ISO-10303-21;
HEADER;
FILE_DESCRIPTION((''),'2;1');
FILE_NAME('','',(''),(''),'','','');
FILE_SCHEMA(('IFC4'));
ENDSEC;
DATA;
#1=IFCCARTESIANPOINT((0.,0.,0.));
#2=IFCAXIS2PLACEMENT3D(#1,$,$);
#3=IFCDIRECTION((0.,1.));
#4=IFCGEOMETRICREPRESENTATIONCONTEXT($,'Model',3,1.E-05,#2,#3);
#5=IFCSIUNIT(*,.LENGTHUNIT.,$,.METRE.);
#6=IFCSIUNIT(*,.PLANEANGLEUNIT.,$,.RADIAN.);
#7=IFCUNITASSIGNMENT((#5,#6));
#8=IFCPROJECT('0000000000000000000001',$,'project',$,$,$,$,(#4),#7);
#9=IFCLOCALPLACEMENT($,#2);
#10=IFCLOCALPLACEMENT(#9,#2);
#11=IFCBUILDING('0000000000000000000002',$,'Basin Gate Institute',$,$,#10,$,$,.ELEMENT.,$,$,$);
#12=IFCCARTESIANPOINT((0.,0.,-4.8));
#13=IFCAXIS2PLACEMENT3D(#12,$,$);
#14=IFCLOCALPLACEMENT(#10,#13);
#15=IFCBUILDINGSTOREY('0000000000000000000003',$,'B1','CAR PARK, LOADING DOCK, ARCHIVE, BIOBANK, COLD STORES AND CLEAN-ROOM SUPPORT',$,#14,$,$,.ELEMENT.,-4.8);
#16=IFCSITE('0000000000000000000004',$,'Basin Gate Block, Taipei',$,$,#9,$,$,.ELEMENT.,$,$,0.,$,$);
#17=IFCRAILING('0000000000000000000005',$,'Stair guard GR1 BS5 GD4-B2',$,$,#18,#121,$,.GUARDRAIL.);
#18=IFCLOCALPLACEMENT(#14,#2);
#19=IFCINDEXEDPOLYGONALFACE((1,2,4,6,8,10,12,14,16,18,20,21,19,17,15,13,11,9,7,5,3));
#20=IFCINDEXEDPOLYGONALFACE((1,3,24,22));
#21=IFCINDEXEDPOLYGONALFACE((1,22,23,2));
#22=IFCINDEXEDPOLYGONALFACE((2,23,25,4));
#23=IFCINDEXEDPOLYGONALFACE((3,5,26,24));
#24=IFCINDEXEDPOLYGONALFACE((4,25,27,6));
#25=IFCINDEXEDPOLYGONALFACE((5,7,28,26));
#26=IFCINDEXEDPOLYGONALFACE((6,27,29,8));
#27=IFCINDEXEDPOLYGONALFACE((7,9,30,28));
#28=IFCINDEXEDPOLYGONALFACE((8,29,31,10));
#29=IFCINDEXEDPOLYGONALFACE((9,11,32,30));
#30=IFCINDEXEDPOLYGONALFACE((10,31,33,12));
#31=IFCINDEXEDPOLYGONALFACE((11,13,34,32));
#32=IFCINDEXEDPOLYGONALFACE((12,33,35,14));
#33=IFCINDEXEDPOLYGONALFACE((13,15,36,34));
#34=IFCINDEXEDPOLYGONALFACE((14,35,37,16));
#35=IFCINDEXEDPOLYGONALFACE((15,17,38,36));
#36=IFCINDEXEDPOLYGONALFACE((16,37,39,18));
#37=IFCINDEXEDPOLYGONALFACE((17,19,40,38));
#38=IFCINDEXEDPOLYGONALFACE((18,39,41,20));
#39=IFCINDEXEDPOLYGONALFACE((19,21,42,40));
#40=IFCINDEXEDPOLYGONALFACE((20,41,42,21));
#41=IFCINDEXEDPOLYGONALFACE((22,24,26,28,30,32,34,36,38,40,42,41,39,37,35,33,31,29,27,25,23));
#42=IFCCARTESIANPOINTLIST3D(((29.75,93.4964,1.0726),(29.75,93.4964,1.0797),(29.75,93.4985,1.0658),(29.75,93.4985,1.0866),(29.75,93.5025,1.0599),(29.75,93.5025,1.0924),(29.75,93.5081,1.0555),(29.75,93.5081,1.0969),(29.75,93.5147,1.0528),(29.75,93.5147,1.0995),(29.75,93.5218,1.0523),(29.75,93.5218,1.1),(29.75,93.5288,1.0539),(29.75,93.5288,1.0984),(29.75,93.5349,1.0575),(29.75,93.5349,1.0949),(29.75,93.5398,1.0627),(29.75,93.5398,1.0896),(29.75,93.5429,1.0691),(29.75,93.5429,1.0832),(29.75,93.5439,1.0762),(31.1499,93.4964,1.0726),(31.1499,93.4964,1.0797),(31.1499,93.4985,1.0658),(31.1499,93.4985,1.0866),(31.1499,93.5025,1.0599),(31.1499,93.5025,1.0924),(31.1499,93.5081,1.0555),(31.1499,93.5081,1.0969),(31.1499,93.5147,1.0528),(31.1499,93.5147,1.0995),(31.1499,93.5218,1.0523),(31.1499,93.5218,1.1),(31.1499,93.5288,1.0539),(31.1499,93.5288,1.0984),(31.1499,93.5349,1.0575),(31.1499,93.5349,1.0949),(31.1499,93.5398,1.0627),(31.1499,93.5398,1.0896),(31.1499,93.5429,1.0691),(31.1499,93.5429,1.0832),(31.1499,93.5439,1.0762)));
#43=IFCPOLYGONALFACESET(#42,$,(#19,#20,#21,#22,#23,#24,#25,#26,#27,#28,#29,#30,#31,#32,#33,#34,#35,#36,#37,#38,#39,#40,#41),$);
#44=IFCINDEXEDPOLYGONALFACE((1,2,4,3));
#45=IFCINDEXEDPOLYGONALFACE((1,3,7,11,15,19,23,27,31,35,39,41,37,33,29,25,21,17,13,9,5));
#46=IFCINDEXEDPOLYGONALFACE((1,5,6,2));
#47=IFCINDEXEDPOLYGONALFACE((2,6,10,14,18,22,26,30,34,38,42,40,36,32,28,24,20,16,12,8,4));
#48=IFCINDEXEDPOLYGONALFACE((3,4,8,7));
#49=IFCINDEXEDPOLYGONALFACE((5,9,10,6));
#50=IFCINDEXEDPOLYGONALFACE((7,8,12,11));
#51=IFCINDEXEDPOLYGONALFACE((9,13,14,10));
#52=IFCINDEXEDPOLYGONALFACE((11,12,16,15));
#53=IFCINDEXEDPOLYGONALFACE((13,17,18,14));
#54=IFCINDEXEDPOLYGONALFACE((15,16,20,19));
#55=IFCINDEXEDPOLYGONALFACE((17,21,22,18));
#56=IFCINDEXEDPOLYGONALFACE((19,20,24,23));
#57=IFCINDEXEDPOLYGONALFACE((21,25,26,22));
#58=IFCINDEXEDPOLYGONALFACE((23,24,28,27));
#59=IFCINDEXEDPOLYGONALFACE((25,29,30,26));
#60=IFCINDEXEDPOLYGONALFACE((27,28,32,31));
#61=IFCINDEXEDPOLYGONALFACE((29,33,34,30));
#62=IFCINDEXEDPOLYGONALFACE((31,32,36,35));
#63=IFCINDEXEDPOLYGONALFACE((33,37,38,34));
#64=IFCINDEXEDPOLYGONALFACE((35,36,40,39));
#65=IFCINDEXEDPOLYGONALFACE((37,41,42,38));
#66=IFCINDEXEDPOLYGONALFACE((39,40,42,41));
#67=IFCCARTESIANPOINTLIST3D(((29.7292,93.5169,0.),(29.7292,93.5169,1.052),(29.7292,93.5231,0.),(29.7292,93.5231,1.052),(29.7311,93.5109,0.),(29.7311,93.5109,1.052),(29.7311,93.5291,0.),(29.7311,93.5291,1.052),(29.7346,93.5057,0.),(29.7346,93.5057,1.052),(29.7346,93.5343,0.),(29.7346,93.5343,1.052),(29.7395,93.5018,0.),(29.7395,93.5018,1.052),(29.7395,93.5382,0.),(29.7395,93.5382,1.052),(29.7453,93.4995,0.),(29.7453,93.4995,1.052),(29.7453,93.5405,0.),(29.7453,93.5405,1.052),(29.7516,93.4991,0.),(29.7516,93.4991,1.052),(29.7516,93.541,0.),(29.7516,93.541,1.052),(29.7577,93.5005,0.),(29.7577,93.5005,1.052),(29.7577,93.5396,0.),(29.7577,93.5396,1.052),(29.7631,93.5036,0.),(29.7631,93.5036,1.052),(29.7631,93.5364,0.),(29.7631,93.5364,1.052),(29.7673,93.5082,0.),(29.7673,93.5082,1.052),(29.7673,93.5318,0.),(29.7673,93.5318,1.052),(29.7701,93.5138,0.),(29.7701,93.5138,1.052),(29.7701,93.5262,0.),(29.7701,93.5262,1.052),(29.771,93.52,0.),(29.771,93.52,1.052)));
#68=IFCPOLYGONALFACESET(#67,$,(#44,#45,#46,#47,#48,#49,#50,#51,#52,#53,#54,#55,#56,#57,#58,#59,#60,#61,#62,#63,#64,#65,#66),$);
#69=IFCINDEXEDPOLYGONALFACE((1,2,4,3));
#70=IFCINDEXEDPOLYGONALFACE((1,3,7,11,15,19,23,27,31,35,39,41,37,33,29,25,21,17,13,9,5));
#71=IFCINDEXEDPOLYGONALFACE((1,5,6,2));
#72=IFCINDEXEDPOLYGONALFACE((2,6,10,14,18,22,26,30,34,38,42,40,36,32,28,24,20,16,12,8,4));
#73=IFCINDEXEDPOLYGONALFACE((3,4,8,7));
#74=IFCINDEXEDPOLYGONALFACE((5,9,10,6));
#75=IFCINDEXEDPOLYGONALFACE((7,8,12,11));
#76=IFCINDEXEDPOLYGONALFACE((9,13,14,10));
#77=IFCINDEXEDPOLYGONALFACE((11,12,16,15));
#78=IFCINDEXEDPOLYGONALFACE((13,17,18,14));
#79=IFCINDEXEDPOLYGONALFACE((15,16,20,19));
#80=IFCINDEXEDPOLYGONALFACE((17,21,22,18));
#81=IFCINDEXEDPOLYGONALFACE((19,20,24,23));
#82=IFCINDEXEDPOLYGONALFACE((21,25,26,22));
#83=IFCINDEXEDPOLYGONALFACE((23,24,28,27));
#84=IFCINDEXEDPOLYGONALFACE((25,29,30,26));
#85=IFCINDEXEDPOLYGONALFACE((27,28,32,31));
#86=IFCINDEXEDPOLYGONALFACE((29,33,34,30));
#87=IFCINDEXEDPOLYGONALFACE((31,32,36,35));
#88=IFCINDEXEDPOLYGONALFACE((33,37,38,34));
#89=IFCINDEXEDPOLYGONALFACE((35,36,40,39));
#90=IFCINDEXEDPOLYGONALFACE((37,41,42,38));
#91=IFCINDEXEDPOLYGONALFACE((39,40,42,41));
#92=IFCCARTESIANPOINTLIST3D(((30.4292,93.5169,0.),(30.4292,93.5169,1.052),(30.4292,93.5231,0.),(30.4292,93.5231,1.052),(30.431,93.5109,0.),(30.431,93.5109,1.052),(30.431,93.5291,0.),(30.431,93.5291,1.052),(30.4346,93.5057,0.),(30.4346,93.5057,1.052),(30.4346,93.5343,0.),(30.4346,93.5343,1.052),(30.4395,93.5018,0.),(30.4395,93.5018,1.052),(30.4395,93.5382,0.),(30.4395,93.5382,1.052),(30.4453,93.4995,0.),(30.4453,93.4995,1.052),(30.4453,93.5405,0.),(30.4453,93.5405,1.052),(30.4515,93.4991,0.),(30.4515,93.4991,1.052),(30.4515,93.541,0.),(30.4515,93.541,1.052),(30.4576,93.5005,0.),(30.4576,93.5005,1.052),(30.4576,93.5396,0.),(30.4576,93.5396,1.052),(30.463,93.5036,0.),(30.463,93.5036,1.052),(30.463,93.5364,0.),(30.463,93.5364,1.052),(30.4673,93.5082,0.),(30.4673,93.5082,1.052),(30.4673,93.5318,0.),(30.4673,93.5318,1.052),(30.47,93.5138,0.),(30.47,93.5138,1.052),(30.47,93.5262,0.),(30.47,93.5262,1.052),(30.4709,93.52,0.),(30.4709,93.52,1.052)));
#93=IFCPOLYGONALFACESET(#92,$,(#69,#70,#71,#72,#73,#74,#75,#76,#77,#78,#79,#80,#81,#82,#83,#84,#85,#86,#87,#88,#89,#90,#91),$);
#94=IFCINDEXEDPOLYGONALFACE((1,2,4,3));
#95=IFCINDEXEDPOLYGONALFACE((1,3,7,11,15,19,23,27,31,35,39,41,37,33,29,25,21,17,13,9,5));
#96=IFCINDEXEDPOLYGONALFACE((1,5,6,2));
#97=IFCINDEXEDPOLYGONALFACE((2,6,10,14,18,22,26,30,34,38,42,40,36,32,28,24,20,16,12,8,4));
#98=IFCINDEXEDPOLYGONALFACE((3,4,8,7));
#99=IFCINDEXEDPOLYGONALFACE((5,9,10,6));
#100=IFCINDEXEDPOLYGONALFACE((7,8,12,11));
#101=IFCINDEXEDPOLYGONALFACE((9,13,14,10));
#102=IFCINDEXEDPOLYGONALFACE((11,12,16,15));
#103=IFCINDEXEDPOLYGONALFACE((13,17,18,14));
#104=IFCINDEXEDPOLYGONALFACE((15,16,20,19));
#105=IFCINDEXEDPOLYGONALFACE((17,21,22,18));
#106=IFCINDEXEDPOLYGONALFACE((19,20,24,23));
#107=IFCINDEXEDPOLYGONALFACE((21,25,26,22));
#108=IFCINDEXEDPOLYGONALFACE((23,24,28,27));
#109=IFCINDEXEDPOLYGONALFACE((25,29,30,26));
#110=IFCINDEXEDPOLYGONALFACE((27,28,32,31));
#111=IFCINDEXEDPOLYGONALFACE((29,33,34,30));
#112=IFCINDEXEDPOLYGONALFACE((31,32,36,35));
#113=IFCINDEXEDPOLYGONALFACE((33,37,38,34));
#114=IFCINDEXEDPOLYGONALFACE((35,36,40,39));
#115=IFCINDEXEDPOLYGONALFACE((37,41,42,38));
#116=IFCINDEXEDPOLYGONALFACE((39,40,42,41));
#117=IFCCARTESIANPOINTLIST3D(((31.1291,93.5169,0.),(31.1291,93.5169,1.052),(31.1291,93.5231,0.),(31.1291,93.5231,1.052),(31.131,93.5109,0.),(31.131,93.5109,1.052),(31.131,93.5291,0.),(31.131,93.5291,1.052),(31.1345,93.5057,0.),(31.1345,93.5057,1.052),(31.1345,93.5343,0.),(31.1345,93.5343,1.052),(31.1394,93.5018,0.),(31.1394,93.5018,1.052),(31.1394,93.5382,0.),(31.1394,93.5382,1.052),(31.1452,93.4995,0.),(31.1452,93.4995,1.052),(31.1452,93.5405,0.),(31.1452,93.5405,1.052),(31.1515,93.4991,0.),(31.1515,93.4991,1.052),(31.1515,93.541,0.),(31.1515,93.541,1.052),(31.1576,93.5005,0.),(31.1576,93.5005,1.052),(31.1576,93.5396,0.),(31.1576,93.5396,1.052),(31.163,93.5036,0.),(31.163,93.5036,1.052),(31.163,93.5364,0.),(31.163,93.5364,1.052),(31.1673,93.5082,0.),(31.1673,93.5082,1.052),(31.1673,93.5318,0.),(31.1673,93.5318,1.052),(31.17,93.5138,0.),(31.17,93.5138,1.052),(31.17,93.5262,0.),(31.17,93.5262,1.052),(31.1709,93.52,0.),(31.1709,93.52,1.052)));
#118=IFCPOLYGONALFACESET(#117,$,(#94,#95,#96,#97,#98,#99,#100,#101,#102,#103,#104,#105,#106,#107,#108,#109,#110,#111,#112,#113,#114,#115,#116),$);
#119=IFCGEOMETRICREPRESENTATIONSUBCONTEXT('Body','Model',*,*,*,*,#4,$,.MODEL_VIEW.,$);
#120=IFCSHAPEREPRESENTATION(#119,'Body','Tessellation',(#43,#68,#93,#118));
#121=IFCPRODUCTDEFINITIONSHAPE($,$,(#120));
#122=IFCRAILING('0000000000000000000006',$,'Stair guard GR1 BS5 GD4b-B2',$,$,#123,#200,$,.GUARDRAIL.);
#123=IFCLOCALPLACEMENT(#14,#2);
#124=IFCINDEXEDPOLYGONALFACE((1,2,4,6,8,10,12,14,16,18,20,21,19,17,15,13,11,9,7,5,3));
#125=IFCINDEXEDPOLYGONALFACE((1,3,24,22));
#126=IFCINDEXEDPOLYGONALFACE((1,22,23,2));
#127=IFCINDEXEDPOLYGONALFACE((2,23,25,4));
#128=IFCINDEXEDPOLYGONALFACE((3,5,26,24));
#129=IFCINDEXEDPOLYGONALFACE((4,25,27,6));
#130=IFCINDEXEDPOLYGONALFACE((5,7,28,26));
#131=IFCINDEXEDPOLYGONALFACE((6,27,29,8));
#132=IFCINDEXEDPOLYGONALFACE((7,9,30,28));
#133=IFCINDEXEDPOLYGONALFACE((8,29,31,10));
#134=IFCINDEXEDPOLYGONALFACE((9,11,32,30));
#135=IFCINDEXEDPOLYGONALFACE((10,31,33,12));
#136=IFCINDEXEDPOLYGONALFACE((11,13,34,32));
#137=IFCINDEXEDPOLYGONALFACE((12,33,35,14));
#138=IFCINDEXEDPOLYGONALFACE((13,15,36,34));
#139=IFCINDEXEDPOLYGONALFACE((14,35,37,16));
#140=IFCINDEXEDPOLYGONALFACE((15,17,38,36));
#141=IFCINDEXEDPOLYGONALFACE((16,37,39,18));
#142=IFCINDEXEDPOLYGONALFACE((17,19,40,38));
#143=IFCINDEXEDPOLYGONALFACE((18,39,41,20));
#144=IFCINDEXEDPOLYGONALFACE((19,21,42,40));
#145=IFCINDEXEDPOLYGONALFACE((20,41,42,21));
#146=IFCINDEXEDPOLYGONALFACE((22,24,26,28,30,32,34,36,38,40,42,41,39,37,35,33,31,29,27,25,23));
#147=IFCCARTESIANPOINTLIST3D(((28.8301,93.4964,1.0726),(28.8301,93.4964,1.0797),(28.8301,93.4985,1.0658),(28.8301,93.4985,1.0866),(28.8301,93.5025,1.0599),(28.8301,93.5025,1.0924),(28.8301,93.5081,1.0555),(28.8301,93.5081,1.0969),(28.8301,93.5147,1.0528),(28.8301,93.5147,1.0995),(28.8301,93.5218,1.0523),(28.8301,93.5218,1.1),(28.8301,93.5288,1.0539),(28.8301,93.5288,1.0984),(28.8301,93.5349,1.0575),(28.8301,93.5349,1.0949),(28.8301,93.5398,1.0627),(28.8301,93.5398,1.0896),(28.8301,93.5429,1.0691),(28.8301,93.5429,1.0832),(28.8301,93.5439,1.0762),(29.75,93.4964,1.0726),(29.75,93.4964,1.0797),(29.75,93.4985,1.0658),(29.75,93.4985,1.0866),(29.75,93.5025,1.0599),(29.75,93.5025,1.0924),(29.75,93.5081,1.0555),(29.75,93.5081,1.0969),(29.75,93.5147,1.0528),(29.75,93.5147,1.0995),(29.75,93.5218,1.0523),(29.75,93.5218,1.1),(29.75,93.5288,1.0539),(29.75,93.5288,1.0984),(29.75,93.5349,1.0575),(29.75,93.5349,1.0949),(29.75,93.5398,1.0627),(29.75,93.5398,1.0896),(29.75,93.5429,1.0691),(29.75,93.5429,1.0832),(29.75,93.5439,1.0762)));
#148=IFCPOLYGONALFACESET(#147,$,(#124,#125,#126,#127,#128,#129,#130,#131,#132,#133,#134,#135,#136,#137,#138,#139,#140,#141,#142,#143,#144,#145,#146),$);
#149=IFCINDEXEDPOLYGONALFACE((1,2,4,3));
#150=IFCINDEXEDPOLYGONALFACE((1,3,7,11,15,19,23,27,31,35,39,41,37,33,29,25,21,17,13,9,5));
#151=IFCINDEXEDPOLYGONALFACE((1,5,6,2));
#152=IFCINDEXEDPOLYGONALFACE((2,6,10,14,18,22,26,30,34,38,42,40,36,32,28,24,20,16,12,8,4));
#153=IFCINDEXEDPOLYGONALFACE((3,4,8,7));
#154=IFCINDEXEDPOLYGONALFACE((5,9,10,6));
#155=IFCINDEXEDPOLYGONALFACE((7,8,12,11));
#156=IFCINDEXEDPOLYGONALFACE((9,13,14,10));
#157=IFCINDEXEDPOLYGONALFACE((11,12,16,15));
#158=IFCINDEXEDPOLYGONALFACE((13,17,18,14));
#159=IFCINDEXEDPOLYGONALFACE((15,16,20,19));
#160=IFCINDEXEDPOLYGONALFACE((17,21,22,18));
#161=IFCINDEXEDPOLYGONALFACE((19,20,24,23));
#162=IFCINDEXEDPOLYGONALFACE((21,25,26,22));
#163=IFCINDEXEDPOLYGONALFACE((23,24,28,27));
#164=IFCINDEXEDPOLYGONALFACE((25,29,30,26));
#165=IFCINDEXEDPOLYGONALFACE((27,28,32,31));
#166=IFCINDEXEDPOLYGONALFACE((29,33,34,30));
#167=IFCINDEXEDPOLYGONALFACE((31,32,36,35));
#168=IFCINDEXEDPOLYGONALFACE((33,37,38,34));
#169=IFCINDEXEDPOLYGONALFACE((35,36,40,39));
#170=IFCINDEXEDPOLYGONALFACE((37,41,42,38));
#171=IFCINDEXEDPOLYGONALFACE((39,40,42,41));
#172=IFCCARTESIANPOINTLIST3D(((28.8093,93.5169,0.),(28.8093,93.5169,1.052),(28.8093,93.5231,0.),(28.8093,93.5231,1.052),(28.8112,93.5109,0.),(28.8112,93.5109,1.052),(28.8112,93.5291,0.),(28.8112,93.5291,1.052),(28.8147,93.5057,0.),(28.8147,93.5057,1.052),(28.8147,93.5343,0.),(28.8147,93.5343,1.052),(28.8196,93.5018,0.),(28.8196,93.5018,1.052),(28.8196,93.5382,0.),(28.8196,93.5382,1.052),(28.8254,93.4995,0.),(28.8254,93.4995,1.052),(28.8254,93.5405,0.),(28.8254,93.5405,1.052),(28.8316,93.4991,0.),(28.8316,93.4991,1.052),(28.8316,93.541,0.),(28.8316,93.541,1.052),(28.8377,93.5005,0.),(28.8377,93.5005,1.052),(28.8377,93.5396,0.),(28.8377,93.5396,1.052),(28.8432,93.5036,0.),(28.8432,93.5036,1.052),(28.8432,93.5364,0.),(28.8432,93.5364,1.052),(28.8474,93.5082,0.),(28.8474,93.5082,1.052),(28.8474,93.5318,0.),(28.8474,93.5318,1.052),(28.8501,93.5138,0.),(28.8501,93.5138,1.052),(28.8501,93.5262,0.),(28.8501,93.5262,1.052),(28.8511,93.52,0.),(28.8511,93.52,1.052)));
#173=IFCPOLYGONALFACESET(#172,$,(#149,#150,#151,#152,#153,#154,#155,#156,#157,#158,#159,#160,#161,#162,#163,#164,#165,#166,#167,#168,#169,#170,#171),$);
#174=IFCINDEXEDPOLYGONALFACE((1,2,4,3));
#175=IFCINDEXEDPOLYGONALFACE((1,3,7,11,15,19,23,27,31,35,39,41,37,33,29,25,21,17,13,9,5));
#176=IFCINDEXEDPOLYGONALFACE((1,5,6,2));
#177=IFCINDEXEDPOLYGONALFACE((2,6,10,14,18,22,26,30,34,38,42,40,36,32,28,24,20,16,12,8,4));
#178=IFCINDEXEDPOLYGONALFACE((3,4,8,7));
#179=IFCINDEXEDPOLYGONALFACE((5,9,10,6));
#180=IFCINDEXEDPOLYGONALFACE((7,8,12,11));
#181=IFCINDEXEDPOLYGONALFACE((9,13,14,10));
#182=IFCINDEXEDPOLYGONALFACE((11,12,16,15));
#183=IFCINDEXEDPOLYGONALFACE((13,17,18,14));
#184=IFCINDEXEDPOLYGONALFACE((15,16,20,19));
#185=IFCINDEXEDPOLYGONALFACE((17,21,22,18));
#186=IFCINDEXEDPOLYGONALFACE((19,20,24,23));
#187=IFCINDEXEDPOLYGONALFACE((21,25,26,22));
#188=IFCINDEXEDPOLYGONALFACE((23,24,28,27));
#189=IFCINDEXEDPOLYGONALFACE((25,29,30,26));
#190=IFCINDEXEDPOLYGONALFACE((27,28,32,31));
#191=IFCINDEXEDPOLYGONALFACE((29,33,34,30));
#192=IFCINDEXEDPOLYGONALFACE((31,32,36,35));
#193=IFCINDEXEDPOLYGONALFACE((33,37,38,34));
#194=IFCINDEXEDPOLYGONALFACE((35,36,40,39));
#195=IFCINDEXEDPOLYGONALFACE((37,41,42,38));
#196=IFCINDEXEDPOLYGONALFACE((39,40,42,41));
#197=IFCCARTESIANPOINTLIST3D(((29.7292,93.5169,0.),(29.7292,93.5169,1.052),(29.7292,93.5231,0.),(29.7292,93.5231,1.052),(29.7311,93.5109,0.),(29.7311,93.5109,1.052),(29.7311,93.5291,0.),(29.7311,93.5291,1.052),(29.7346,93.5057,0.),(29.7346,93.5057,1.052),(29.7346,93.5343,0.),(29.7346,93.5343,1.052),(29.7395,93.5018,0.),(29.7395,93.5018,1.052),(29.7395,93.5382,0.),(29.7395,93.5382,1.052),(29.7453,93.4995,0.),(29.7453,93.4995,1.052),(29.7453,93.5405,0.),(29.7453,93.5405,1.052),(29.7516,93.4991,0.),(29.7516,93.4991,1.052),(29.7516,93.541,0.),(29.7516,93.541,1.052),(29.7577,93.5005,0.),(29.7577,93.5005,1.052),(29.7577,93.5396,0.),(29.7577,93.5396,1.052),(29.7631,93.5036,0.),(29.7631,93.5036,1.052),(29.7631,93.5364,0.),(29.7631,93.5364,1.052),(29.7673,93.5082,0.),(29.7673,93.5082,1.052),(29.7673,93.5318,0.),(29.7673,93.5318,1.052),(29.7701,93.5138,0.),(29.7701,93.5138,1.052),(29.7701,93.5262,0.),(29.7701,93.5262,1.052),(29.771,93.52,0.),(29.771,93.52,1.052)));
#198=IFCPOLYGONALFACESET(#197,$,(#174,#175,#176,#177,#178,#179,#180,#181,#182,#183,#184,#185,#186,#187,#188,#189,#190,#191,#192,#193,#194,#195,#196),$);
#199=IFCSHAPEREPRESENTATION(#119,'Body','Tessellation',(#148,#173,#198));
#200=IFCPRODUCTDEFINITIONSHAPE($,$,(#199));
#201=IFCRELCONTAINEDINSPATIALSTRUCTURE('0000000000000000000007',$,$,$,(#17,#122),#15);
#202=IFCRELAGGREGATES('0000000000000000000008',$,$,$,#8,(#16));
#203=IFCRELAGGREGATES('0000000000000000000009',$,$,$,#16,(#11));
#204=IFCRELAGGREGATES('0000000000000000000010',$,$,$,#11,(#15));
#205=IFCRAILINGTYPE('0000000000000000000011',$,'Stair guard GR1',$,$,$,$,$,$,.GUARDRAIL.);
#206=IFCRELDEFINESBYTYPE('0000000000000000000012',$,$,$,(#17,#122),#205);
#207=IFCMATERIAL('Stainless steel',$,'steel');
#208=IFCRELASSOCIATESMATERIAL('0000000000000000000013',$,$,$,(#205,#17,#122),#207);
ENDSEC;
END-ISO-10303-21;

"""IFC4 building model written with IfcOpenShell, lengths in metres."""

from ifc_helpers import new_model, si_unit, direction, frame, origin, origin_2d, place, context, subcontext, project, spatial, circle, extrude, material, type_object, element, save


model = new_model("IFC4")

# Units and contexts
model_context = context("Model", 3, precision=1e-05, world=origin(), true_north=direction((0.0, 1.0)))
body_context = subcontext(model_context, "Body", "Model", "MODEL_VIEW")
ifc_project = project(units=[si_unit("LENGTHUNIT", "METRE"), si_unit("PLANEANGLEUNIT", "RADIAN")], contexts=[model_context])

# Site, building, storey
site_placement = place(None, origin())
site = spatial("IfcSite", under=ifc_project, at=site_placement, Name="Basin Gate Block, Taipei", CompositionType="ELEMENT", RefElevation=0.0)
building_placement = place(site_placement, origin())
building = spatial("IfcBuilding", under=site, at=building_placement, Name="Basin Gate Institute", CompositionType="ELEMENT")
storey_placement = place(building_placement, frame((0.0, 0.0, -4.8)))
storey = spatial("IfcBuildingStorey", under=building, at=storey_placement, Name="B1", Description="CAR PARK, LOADING DOCK, ARCHIVE, BIOBANK, COLD STORES AND CLEAN-ROOM SUPPORT", CompositionType="ELEMENT", Elevation=-4.8)

# Railings
ifc_material_1 = material(Name="Stainless steel", Category="steel")
railing_type_1 = type_object("IfcRailingType", Name="Stair guard GR1", PredefinedType="GUARDRAIL", material=ifc_material_1)
railing_1_placement = place(storey_placement, frame((29.75, 93.52, 0.0)))
element("IfcRailing", 1, at=railing_1_placement, inside=storey, type_object=railing_type_1, material=ifc_material_1, Name="Stair guard GR1 BS5 GD4-B2", PredefinedType="GUARDRAIL", context=body_context, shape_type="SweptSolid", body=[
    extrude(circle(Radius=0.0239, at=origin_2d()), frame((0.0, 0.0, 1.0762), z_axis=(1.0, 0.0, 0.0), x_axis=(0.0, 1.0, 0.0)), (0.0, 0.0, 1.0), 1.3999),
    extrude(circle(Radius=0.021, at=origin_2d()), origin(), (0.0, 0.0, 1.0), 1.052),
    extrude(circle(Radius=0.021, at=origin_2d()), frame((0.7, 0.0, 0.0)), (0.0, 0.0, 1.0), 1.052),
    extrude(circle(Radius=0.021, at=origin_2d()), frame((1.3999, 0.0, 0.0)), (0.0, 0.0, 1.0), 1.052),
])
railing_2_placement = place(storey_placement, frame((28.8301, 93.52, 0.0)))
element("IfcRailing", 2, at=railing_2_placement, inside=storey, type_object=railing_type_1, material=ifc_material_1, Name="Stair guard GR1 BS5 GD4b-B2", PredefinedType="GUARDRAIL", context=body_context, shape_type="SweptSolid", body=[
    extrude(circle(Radius=0.0239, at=origin_2d()), frame((0.0, 0.0, 1.0762), z_axis=(1.0, 0.0, 0.0), x_axis=(0.0, 1.0, 0.0)), (0.0, 0.0, 1.0), 0.9199),
    extrude(circle(Radius=0.021, at=origin_2d()), origin(), (0.0, 0.0, 1.0), 1.052),
    extrude(circle(Radius=0.021, at=origin_2d()), frame((0.9199, 0.0, 0.0)), (0.0, 0.0, 1.0), 1.052),
])

save(model, "model.ifc")
